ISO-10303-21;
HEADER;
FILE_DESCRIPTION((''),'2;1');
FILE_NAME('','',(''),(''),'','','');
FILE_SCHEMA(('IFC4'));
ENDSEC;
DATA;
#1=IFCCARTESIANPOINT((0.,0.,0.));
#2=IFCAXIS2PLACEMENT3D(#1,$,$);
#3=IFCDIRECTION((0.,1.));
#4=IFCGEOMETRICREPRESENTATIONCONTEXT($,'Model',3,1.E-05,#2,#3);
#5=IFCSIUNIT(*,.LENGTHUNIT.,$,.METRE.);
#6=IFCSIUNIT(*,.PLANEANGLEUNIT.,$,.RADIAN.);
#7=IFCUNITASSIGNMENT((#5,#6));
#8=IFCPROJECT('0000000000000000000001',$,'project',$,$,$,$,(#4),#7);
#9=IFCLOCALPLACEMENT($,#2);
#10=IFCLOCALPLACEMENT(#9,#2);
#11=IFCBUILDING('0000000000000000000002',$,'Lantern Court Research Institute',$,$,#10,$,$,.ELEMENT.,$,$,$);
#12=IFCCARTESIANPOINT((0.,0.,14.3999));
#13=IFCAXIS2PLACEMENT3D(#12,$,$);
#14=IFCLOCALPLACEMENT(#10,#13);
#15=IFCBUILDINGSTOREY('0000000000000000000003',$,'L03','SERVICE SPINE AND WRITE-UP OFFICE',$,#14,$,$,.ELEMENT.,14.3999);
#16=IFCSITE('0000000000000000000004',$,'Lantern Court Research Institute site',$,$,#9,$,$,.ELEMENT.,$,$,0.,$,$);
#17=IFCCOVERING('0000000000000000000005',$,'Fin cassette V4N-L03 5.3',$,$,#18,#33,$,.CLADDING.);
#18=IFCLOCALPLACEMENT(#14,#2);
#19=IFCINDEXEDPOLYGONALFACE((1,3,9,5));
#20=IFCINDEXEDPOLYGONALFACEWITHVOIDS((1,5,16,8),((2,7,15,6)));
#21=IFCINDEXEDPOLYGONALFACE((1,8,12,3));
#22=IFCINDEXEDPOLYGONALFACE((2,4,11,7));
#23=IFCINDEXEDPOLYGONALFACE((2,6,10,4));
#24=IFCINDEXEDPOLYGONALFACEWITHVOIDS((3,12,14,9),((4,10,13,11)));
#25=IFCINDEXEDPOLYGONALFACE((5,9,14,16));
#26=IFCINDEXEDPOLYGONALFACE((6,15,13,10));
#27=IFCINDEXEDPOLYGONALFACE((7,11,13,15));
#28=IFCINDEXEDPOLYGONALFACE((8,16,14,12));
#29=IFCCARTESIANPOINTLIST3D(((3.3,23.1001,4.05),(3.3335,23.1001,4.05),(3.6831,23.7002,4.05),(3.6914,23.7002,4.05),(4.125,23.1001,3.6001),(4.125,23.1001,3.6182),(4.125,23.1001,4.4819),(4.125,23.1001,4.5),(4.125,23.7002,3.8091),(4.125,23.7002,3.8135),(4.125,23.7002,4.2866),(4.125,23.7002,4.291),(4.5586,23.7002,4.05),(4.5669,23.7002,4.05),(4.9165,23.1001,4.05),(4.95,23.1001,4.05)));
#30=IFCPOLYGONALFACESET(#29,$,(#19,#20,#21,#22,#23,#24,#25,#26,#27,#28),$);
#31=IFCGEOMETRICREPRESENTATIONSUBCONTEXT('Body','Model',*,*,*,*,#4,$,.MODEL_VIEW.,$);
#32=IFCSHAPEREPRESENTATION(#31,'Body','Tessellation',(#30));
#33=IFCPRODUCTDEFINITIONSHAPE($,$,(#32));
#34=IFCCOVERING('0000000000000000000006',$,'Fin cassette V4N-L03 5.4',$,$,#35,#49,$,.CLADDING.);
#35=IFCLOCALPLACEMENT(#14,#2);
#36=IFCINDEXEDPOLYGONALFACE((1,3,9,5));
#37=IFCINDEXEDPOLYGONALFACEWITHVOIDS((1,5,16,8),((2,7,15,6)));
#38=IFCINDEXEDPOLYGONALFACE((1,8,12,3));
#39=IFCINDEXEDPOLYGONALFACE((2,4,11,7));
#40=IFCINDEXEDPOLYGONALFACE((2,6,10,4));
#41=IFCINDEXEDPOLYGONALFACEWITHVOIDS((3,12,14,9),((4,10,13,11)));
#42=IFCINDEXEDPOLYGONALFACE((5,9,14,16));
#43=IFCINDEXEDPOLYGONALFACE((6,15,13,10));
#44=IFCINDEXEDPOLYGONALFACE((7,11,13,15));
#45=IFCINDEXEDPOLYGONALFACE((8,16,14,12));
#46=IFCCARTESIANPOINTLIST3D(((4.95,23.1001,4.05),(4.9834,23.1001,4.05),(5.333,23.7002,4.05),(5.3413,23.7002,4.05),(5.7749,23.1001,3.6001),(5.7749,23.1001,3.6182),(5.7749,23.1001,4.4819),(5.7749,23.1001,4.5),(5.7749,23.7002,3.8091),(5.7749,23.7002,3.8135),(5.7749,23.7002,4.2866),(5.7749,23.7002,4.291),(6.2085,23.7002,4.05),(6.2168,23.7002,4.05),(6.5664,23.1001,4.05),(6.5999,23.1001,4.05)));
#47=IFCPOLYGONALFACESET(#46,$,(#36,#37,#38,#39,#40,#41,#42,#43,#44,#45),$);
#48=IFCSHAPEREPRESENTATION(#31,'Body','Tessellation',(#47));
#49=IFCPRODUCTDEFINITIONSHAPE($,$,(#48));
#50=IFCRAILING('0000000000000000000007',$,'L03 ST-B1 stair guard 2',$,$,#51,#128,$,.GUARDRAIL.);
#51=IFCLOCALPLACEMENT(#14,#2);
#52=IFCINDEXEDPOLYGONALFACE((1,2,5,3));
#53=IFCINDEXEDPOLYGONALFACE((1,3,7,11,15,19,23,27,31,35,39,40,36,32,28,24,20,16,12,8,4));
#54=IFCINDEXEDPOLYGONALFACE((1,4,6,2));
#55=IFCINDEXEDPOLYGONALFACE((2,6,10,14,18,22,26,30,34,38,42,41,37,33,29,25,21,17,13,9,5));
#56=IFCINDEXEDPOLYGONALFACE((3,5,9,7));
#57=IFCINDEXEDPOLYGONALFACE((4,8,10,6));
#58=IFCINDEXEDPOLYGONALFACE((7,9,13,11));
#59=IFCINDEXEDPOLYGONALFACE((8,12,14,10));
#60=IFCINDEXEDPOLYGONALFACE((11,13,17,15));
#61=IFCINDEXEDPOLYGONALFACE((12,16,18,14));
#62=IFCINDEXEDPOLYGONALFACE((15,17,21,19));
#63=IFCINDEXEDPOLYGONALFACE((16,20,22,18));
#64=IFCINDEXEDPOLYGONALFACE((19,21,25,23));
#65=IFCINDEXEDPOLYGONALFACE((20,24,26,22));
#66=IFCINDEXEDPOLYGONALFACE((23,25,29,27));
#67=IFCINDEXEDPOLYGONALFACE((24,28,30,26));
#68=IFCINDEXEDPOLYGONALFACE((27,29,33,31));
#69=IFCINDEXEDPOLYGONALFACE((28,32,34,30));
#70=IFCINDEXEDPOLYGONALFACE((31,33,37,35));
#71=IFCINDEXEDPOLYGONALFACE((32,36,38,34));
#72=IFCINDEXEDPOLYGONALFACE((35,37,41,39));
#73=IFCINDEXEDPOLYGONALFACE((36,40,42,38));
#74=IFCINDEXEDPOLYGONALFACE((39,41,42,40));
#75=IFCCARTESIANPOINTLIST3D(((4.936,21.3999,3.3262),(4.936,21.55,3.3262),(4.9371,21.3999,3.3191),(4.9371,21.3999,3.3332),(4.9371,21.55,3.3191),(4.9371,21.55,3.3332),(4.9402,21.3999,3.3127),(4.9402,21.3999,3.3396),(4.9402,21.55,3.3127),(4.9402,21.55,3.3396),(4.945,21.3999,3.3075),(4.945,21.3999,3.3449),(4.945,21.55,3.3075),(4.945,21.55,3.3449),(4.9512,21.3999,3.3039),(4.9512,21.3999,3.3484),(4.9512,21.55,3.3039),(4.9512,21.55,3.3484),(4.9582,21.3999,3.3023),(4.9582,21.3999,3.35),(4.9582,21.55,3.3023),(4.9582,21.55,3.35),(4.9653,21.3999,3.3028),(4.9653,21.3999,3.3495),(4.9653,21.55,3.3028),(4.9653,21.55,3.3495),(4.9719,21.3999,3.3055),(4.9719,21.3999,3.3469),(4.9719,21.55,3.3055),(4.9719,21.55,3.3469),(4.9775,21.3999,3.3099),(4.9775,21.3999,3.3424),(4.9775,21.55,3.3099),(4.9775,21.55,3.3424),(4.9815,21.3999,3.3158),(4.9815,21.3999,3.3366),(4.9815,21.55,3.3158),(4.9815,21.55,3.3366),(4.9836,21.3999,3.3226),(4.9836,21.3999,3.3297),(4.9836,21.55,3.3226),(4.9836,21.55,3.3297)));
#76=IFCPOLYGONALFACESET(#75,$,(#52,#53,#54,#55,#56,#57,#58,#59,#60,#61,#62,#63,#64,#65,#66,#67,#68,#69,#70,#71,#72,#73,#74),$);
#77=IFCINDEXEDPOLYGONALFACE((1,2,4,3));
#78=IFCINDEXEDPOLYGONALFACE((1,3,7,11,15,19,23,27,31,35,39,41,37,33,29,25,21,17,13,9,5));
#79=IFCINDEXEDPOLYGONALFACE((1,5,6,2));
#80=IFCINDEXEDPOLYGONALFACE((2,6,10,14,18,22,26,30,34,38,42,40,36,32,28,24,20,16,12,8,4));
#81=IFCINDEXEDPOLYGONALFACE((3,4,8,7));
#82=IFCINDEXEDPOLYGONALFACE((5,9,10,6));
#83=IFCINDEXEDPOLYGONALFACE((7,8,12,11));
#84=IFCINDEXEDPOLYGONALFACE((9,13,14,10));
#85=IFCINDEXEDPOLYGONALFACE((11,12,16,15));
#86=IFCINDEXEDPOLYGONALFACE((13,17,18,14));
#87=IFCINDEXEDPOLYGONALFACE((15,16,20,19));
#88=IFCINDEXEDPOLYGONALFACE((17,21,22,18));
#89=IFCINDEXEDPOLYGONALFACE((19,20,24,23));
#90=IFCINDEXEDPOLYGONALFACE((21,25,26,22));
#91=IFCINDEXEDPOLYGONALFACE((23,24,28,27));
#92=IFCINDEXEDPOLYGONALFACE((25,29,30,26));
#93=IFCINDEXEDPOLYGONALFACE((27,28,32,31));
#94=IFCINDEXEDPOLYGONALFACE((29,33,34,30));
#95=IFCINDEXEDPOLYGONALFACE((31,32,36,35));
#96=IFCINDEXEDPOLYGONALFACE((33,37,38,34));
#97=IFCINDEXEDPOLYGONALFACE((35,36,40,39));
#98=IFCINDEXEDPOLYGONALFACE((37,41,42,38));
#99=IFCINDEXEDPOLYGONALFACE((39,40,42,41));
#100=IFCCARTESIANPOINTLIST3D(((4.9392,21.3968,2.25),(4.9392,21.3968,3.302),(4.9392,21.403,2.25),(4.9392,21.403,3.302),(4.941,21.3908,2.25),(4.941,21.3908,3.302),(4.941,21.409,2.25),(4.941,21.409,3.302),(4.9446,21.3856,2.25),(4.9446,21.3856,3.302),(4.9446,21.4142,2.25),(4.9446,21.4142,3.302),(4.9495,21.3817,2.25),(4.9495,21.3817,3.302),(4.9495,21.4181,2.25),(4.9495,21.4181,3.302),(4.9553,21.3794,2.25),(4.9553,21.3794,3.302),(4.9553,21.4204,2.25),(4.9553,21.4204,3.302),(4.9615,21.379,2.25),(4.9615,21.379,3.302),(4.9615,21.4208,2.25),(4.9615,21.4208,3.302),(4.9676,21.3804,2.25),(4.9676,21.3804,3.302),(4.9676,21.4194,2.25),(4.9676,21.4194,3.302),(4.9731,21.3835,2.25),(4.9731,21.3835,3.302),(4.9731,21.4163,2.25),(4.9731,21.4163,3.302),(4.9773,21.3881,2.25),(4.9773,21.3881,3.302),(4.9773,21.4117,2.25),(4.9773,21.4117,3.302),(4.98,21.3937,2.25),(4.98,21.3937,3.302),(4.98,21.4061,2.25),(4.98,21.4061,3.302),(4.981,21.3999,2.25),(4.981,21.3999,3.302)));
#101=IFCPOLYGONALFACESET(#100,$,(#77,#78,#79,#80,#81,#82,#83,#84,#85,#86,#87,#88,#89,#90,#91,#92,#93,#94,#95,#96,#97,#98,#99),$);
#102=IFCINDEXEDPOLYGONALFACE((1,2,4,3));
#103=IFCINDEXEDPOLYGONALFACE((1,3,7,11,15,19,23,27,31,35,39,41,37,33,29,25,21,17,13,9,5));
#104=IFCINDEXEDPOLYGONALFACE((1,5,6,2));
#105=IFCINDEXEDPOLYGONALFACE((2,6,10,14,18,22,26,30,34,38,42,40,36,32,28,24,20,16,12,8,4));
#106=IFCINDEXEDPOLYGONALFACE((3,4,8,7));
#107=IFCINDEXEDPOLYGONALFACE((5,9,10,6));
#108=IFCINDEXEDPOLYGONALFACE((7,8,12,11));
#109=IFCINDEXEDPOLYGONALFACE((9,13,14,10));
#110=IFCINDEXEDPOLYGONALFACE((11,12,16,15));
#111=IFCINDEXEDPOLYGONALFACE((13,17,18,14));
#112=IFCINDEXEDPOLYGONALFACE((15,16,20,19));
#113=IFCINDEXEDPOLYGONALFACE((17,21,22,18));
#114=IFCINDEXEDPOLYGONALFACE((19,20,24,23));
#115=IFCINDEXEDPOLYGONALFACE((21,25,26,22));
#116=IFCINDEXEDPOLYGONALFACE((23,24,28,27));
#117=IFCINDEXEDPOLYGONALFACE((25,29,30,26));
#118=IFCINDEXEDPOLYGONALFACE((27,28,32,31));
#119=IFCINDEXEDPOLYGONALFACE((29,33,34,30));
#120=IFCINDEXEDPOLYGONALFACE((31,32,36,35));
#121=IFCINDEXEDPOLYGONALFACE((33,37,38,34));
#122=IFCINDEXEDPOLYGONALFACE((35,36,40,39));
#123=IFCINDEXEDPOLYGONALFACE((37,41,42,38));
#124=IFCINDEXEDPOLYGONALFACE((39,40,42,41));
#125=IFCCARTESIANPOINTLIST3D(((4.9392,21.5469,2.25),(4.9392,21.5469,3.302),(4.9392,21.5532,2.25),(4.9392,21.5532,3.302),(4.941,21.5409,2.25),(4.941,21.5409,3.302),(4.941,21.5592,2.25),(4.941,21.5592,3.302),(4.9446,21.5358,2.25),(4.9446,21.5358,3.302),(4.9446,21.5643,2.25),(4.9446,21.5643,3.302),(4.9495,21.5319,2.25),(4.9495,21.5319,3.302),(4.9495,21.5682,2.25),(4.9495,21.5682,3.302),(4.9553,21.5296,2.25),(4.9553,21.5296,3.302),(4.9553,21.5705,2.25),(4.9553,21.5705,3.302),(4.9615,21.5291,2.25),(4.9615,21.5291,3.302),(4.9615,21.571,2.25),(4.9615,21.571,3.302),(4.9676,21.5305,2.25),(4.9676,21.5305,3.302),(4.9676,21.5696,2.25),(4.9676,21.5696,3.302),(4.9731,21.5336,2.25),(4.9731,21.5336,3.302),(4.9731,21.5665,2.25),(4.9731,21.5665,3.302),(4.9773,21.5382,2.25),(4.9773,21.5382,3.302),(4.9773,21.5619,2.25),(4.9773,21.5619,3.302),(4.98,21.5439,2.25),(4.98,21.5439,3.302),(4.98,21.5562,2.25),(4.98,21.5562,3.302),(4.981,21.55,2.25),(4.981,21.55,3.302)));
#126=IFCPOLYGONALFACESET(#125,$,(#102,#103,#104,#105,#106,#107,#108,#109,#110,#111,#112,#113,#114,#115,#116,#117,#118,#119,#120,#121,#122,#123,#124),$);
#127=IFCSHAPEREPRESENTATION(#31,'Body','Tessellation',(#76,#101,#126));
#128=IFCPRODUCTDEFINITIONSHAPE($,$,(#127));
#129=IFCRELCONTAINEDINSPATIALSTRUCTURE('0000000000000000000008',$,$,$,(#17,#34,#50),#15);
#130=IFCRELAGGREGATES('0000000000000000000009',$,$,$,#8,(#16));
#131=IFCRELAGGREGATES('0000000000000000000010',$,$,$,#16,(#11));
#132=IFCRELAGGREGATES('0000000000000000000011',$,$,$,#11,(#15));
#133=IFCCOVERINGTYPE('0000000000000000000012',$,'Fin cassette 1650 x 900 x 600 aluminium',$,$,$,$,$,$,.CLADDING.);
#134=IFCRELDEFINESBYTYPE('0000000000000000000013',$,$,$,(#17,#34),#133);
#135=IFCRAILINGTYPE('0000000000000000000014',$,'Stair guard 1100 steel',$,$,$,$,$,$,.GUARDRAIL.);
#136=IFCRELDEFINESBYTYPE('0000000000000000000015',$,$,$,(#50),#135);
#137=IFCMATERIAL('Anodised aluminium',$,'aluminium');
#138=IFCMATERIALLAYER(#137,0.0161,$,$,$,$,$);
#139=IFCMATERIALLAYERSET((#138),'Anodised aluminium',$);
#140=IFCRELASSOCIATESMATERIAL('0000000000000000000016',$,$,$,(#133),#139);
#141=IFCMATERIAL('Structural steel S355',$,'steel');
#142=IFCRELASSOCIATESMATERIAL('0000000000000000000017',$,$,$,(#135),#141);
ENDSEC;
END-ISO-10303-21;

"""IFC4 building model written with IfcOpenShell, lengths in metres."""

from ifc_helpers import new_model, entity, si_unit, direction, frame, origin, origin_2d, place, context, subcontext, project, spatial, circle, extrude, material, layer, layer_set, type_object, element, save


model = new_model("IFC4")

# Units and contexts
model_context = context("Model", 3, precision=1e-05, world=origin(), true_north=direction((0.0, 1.0)))
body_context = subcontext(model_context, "Body", "Model", "MODEL_VIEW")
ifc_project = project(units=[si_unit("LENGTHUNIT", "METRE"), si_unit("PLANEANGLEUNIT", "RADIAN")], contexts=[model_context])

# Site, building, storey
site_placement = place(None, origin())
site = spatial("IfcSite", under=ifc_project, at=site_placement, Name="Lantern Court Research Institute site", CompositionType="ELEMENT", RefElevation=0.0)
building_placement = place(site_placement, origin())
building = spatial("IfcBuilding", under=site, at=building_placement, Name="Lantern Court Research Institute", CompositionType="ELEMENT")
storey_placement = place(building_placement, frame((0.0, 0.0, 14.3999)))
storey = spatial("IfcBuildingStorey", under=building, at=storey_placement, Name="L03", Description="SERVICE SPINE AND WRITE-UP OFFICE", CompositionType="ELEMENT", Elevation=14.3999)

# Coverings
ifc_material_1 = material(Name="Anodised aluminium", Category="aluminium")
ifc_layer_1 = layer(ifc_material_1, 0.0161)
ifc_layer_set_1 = layer_set([ifc_layer_1], Name="Anodised aluminium")
covering_type = type_object("IfcCoveringType", Name="Fin cassette 1650 x 900 x 600 aluminium", PredefinedType="CLADDING", material=ifc_layer_set_1)
covering_1_placement = place(storey_placement, frame((4.125, 23.1001, 4.05), z_axis=(0.0, 1.0, 0.0), x_axis=(-1.0, 0.0, 0.0)))
cartesian_point_1 = entity("IfcCartesianPoint", [0.825, 0.0])
cartesian_point_2 = entity("IfcCartesianPoint", [0.7915, 0.0])
cartesian_point_3 = entity("IfcCartesianPoint", [0.4419, 0.0])
cartesian_point_4 = entity("IfcCartesianPoint", [0.4336, 0.0])
element("IfcCovering", 1, at=covering_1_placement, inside=storey, type_object=covering_type, Name="Fin cassette V4N-L03 5.3", PredefinedType="CLADDING", context=body_context, shape_type="SweptSolid", body=[
    entity("IfcExtrudedAreaSolidTapered", entity("IfcArbitraryProfileDefWithVoids", "AREA", None, entity("IfcPolyline", [cartesian_point_1, entity("IfcCartesianPoint", [0.0, 0.45]), entity("IfcCartesianPoint", [-0.825, 0.0]), entity("IfcCartesianPoint", [0.0, -0.45]), cartesian_point_1]), [entity("IfcPolyline", [cartesian_point_2, entity("IfcCartesianPoint", [0.0, 0.4319]), entity("IfcCartesianPoint", [-0.7915, 0.0]), entity("IfcCartesianPoint", [0.0, -0.4319]), cartesian_point_2])]), entity("IfcAxis2Placement3D", entity("IfcCartesianPoint", [0.0, 0.0, 0.0])), entity("IfcDirection", [0.0, 0.0, 1.0]), 0.6001, entity("IfcArbitraryProfileDefWithVoids", "AREA", None, entity("IfcPolyline", [cartesian_point_3, entity("IfcCartesianPoint", [0.0, 0.241]), entity("IfcCartesianPoint", [-0.4419, 0.0]), entity("IfcCartesianPoint", [0.0, -0.241]), cartesian_point_3]), [entity("IfcPolyline", [cartesian_point_4, entity("IfcCartesianPoint", [0.0, 0.2366]), entity("IfcCartesianPoint", [-0.4336, 0.0]), entity("IfcCartesianPoint", [0.0, -0.2366]), cartesian_point_4])])),
])
covering_2_placement = place(storey_placement, frame((5.7749, 23.1001, 4.05), z_axis=(0.0, 1.0, 0.0), x_axis=(-1.0, 0.0, 0.0)))
cartesian_point_5 = entity("IfcCartesianPoint", [0.825, 0.0])
cartesian_point_6 = entity("IfcCartesianPoint", [0.7915, 0.0])
cartesian_point_7 = entity("IfcCartesianPoint", [0.4419, 0.0])
cartesian_point_8 = entity("IfcCartesianPoint", [0.4336, 0.0])
element("IfcCovering", 2, at=covering_2_placement, inside=storey, type_object=covering_type, Name="Fin cassette V4N-L03 5.4", PredefinedType="CLADDING", context=body_context, shape_type="SweptSolid", body=[
    entity("IfcExtrudedAreaSolidTapered", entity("IfcArbitraryProfileDefWithVoids", "AREA", None, entity("IfcPolyline", [cartesian_point_5, entity("IfcCartesianPoint", [0.0, 0.45]), entity("IfcCartesianPoint", [-0.825, 0.0]), entity("IfcCartesianPoint", [0.0, -0.45]), cartesian_point_5]), [entity("IfcPolyline", [cartesian_point_6, entity("IfcCartesianPoint", [0.0, 0.4319]), entity("IfcCartesianPoint", [-0.7915, 0.0]), entity("IfcCartesianPoint", [0.0, -0.4319]), cartesian_point_6])]), entity("IfcAxis2Placement3D", entity("IfcCartesianPoint", [0.0, 0.0, 0.0])), entity("IfcDirection", [0.0, 0.0, 1.0]), 0.6001, entity("IfcArbitraryProfileDefWithVoids", "AREA", None, entity("IfcPolyline", [cartesian_point_7, entity("IfcCartesianPoint", [0.0, 0.241]), entity("IfcCartesianPoint", [-0.4419, 0.0]), entity("IfcCartesianPoint", [0.0, -0.241]), cartesian_point_7]), [entity("IfcPolyline", [cartesian_point_8, entity("IfcCartesianPoint", [0.0, 0.2366]), entity("IfcCartesianPoint", [-0.4336, 0.0]), entity("IfcCartesianPoint", [0.0, -0.2366]), cartesian_point_8])])),
])

# Railing
ifc_material_2 = material(Name="Structural steel S355", Category="steel")
railing_type_1 = type_object("IfcRailingType", Name="Stair guard 1100 steel", PredefinedType="GUARDRAIL", material=ifc_material_2)
railing_1_placement = place(storey_placement, frame((4.96, 21.3999, 2.25)))
element("IfcRailing", 3, at=railing_1_placement, inside=storey, type_object=railing_type_1, Name="L03 ST-B1 stair guard 2", PredefinedType="GUARDRAIL", context=body_context, shape_type="SweptSolid", body=[
    extrude(circle(Radius=0.0239, at=origin_2d()), frame((0.0, 0.0, 1.0762), z_axis=(0.0, 1.0, 0.0), x_axis=(-1.0, 0.0, 0.0)), (0.0, 0.0, 1.0), 0.1501),
    extrude(circle(Radius=0.021, at=origin_2d()), origin(), (0.0, 0.0, 1.0), 1.052),
    extrude(circle(Radius=0.021, at=origin_2d()), frame((0.0, 0.1501, 0.0)), (0.0, 0.0, 1.0), 1.052),
])

save(model, "model.ifc")
